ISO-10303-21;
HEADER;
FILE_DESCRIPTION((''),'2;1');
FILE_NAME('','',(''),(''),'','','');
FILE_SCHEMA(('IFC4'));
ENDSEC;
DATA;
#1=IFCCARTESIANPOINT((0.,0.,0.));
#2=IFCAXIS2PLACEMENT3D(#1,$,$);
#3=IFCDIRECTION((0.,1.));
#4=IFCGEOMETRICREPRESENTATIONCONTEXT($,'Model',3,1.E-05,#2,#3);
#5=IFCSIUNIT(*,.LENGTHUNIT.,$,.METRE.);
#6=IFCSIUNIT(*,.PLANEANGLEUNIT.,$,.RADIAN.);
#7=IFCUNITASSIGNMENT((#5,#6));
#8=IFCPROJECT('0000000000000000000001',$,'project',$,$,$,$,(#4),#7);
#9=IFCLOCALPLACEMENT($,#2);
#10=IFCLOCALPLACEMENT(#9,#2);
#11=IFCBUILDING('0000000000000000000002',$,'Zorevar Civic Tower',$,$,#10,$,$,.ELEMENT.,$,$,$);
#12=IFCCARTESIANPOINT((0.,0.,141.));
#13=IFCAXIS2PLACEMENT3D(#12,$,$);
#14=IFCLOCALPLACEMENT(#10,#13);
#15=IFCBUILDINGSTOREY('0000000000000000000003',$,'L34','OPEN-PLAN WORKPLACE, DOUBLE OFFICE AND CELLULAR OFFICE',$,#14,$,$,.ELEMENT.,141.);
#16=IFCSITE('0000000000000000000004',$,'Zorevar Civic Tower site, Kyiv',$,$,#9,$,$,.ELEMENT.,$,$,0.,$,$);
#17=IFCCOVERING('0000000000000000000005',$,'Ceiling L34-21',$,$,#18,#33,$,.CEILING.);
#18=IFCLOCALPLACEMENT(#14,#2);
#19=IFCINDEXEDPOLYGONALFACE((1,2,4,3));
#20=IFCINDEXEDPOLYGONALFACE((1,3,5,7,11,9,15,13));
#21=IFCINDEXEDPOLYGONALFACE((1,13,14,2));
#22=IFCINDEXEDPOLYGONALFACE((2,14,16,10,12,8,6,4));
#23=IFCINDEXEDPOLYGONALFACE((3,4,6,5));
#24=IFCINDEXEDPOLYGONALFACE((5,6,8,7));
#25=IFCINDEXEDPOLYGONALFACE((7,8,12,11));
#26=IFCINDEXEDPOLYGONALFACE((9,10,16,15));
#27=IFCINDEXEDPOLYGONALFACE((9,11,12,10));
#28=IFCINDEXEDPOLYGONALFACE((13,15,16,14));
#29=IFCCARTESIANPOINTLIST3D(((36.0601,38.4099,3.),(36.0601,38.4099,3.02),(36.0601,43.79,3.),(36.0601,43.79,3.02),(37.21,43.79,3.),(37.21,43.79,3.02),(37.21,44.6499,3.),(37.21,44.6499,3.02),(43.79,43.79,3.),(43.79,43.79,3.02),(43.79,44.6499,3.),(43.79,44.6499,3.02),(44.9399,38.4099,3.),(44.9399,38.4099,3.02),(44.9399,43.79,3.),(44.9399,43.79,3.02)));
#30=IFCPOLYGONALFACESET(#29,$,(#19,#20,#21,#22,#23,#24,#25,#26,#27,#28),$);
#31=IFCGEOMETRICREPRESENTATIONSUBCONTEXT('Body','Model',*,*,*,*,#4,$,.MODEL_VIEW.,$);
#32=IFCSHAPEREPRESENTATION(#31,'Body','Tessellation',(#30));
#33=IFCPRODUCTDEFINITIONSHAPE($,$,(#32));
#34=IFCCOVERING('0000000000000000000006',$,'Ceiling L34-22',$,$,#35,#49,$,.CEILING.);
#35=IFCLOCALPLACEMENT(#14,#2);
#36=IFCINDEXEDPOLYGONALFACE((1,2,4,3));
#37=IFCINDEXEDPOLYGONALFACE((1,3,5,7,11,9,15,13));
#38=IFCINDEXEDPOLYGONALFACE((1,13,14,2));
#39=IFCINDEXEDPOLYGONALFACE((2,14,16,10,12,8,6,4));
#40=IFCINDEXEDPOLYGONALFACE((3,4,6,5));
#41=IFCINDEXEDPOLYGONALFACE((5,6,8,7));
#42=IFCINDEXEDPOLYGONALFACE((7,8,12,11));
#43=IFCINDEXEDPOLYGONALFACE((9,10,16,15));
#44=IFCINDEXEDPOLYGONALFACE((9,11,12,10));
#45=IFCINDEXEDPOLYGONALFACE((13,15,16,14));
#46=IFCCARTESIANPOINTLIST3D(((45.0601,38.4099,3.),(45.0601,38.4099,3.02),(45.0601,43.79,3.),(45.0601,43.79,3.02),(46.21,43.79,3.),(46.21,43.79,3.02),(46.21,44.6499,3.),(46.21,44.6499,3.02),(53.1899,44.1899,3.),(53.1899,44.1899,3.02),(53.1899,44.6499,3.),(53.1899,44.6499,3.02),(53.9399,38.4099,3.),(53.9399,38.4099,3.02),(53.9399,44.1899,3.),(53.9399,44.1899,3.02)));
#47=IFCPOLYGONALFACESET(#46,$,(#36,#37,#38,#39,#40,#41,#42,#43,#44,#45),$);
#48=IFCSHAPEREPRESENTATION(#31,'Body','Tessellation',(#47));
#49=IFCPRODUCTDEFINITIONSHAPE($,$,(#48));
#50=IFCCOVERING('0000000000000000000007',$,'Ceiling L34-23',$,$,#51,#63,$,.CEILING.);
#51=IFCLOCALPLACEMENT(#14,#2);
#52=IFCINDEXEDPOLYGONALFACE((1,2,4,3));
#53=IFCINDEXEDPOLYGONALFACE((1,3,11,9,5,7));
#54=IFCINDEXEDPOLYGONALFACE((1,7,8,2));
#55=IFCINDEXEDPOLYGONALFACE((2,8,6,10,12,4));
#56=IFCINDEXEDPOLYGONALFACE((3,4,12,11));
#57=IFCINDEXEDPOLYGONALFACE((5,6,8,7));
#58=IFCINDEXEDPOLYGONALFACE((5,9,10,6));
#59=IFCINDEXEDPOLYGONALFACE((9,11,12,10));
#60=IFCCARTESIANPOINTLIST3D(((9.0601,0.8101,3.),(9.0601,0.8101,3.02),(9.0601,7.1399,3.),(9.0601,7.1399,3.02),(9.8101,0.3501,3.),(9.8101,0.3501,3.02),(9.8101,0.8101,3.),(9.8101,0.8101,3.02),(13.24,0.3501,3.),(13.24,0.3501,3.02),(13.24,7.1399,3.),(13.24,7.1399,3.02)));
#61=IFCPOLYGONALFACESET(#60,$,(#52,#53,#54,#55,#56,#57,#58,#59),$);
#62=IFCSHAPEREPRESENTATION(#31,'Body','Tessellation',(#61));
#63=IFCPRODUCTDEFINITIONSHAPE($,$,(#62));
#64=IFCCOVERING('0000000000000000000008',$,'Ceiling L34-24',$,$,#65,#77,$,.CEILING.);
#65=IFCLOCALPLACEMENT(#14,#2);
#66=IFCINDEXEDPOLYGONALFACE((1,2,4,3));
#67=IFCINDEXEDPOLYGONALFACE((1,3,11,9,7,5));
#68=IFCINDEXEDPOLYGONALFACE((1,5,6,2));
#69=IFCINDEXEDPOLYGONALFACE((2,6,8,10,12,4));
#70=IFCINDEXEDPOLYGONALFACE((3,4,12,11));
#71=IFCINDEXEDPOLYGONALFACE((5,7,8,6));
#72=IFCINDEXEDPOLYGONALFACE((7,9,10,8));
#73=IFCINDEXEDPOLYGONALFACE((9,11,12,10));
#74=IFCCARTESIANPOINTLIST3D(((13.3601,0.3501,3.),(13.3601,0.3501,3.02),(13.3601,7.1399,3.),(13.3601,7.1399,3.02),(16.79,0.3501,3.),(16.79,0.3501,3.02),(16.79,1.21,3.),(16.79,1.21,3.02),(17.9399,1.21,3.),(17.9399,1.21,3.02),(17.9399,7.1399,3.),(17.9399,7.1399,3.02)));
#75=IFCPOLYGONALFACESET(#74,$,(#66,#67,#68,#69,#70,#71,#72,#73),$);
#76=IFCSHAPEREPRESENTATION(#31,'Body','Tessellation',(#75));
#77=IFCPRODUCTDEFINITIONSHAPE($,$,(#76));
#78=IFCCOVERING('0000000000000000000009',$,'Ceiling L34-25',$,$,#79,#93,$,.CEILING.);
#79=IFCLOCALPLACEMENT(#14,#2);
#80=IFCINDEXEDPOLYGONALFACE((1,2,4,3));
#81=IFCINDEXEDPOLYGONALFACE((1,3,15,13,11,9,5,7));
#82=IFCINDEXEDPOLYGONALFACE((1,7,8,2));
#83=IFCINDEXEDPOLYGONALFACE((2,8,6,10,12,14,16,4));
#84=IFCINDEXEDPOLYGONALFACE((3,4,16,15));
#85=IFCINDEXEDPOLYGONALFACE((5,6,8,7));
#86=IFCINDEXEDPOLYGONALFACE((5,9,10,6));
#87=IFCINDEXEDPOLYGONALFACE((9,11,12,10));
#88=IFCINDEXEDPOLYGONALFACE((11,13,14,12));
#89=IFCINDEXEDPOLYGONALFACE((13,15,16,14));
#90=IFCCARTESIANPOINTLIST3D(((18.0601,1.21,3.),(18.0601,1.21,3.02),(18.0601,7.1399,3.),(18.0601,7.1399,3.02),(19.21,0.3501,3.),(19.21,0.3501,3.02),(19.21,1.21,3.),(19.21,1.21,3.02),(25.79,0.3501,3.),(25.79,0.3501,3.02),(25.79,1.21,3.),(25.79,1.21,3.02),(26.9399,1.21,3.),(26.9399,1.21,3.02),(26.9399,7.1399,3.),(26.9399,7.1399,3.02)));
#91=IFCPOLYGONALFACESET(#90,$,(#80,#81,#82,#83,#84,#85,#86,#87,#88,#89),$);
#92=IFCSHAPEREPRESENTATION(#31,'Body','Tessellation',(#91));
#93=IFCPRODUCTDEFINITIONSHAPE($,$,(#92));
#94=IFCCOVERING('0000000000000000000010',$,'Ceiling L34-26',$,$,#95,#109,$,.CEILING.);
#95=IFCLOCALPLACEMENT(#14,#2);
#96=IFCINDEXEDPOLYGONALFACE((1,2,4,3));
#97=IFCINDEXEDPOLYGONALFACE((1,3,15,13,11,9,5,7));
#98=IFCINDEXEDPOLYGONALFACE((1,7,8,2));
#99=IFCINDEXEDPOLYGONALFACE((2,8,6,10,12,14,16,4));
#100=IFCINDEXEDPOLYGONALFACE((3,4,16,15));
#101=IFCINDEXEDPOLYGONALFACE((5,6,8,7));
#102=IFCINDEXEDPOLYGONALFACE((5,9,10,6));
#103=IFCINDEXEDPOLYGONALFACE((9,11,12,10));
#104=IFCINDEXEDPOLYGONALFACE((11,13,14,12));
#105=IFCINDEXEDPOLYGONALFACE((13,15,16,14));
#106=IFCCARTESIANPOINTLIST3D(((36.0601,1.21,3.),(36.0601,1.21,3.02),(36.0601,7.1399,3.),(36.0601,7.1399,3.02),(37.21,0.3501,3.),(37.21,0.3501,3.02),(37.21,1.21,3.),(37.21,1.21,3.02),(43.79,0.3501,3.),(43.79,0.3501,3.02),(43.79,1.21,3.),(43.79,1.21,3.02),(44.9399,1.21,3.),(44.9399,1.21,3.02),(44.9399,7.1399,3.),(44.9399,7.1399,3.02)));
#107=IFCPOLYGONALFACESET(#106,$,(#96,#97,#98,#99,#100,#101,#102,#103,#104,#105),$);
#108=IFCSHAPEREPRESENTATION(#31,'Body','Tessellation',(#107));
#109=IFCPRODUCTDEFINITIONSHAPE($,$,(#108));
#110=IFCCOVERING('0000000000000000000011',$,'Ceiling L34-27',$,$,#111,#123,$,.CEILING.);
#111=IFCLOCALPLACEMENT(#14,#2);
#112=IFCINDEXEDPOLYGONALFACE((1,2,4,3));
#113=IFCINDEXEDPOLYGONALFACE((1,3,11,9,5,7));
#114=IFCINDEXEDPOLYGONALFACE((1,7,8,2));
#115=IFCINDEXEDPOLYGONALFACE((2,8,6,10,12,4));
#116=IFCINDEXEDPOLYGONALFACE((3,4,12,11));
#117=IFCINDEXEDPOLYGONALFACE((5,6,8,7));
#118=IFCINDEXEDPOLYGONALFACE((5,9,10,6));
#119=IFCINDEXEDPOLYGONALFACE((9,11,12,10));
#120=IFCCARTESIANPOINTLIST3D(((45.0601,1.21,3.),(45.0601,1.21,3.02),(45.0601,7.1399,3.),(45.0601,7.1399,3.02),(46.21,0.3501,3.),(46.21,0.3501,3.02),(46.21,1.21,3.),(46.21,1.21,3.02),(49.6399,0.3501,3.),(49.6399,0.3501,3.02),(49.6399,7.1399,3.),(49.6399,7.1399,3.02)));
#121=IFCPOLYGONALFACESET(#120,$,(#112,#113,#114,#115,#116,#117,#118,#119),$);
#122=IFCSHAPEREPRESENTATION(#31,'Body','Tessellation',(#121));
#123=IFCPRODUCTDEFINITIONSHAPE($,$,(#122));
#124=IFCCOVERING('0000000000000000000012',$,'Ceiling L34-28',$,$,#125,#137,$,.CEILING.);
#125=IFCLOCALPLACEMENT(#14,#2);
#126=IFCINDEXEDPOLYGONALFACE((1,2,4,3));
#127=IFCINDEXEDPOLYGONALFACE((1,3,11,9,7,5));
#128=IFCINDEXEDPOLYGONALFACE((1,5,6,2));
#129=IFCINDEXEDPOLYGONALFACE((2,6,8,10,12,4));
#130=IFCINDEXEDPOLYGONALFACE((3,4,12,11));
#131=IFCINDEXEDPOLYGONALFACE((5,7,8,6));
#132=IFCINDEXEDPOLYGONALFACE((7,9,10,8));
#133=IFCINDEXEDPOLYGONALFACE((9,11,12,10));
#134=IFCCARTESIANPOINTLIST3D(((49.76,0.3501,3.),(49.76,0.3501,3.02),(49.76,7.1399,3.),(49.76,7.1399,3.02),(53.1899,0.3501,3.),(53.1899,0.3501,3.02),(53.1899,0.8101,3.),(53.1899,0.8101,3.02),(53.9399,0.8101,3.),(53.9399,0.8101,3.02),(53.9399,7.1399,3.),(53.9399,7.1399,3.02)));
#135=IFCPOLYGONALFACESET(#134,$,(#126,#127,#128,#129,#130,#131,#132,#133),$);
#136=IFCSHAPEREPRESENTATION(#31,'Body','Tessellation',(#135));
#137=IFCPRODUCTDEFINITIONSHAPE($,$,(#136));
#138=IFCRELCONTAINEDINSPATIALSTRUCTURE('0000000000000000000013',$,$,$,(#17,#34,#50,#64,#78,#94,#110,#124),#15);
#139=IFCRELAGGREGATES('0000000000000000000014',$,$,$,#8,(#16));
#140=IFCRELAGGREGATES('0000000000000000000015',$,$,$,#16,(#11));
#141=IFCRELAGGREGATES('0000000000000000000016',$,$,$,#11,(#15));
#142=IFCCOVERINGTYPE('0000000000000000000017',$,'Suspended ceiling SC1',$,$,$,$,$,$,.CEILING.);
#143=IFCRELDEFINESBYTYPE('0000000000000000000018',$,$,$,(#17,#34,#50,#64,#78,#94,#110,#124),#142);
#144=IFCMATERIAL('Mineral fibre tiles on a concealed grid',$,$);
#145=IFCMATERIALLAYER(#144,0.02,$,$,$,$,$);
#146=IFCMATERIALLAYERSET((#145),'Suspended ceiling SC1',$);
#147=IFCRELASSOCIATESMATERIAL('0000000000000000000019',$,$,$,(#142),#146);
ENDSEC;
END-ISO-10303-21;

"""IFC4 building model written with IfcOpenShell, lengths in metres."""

from ifc_helpers import new_model, si_unit, direction, frame, origin, place, context, subcontext, project, spatial, polyline, outline, extrude, material, layer, layer_set, type_object, element, save


model = new_model("IFC4")

# Units and contexts
model_context = context("Model", 3, precision=1e-05, world=origin(), true_north=direction((0.0, 1.0)))
body_context = subcontext(model_context, "Body", "Model", "MODEL_VIEW")
ifc_project = project(units=[si_unit("LENGTHUNIT", "METRE"), si_unit("PLANEANGLEUNIT", "RADIAN")], contexts=[model_context])

# Site, building, storey
site_placement = place(None, origin())
site = spatial("IfcSite", under=ifc_project, at=site_placement, Name="Zorevar Civic Tower site, Kyiv", CompositionType="ELEMENT", RefElevation=0.0)
building_placement = place(site_placement, origin())
building = spatial("IfcBuilding", under=site, at=building_placement, Name="Zorevar Civic Tower", CompositionType="ELEMENT")
storey_placement = place(building_placement, frame((0.0, 0.0, 141.0)))
storey = spatial("IfcBuildingStorey", under=building, at=storey_placement, Name="L34", Description="OPEN-PLAN WORKPLACE, DOUBLE OFFICE AND CELLULAR OFFICE", CompositionType="ELEMENT", Elevation=141.0)

# Coverings
ifc_material_1 = material(Name="Mineral fibre tiles on a concealed grid")
ifc_layer_1 = layer(ifc_material_1, 0.02)
ifc_layer_set_1 = layer_set([ifc_layer_1], Name="Suspended ceiling SC1")
covering_type_1 = type_object("IfcCoveringType", Name="Suspended ceiling SC1", PredefinedType="CEILING", material=ifc_layer_set_1)
covering_1_placement = place(storey_placement, frame((0.0, 0.0, 3.0)))
element("IfcCovering", 1, at=covering_1_placement, inside=storey, type_object=covering_type_1, Name="Ceiling L34-21", PredefinedType="CEILING", context=body_context, shape_type="SweptSolid", body=[
    extrude(outline(polyline([(37.21, 43.79), (37.21, 44.6499), (43.79, 44.6499), (43.79, 43.79), (44.9399, 43.79), (44.9399, 38.4099), (36.0601, 38.4099), (36.0601, 43.79), (37.21, 43.79)])), origin(), (0.0, 0.0, 1.0), 0.02),
])
covering_2_placement = place(storey_placement, frame((0.0, 0.0, 3.0)))
element("IfcCovering", 2, at=covering_2_placement, inside=storey, type_object=covering_type_1, Name="Ceiling L34-22", PredefinedType="CEILING", context=body_context, shape_type="SweptSolid", body=[
    extrude(outline(polyline([(46.21, 43.79), (46.21, 44.6499), (53.1899, 44.6499), (53.1899, 44.1899), (53.9399, 44.1899), (53.9399, 38.4099), (45.0601, 38.4099), (45.0601, 43.79), (46.21, 43.79)])), origin(), (0.0, 0.0, 1.0), 0.02),
])
covering_3_placement = place(storey_placement, frame((0.0, 0.0, 3.0)))
element("IfcCovering", 3, at=covering_3_placement, inside=storey, type_object=covering_type_1, Name="Ceiling L34-23", PredefinedType="CEILING", context=body_context, shape_type="SweptSolid", body=[
    extrude(outline(polyline([(13.24, 7.1399), (13.24, 0.3501), (9.8101, 0.3501), (9.8101, 0.8101), (9.0601, 0.8101), (9.0601, 7.1399), (13.24, 7.1399)])), origin(), (0.0, 0.0, 1.0), 0.02),
])
covering_4_placement = place(storey_placement, frame((0.0, 0.0, 3.0)))
element("IfcCovering", 4, at=covering_4_placement, inside=storey, type_object=covering_type_1, Name="Ceiling L34-24", PredefinedType="CEILING", context=body_context, shape_type="SweptSolid", body=[
    extrude(outline(polyline([(17.9399, 7.1399), (17.9399, 1.21), (16.79, 1.21), (16.79, 0.3501), (13.3601, 0.3501), (13.3601, 7.1399), (17.9399, 7.1399)])), origin(), (0.0, 0.0, 1.0), 0.02),
])
covering_5_placement = place(storey_placement, frame((0.0, 0.0, 3.0)))
element("IfcCovering", 5, at=covering_5_placement, inside=storey, type_object=covering_type_1, Name="Ceiling L34-25", PredefinedType="CEILING", context=body_context, shape_type="SweptSolid", body=[
    extrude(outline(polyline([(19.21, 0.3501), (19.21, 1.21), (18.0601, 1.21), (18.0601, 7.1399), (26.9399, 7.1399), (26.9399, 1.21), (25.79, 1.21), (25.79, 0.3501), (19.21, 0.3501)])), origin(), (0.0, 0.0, 1.0), 0.02),
])
covering_6_placement = place(storey_placement, frame((0.0, 0.0, 3.0)))
element("IfcCovering", 6, at=covering_6_placement, inside=storey, type_object=covering_type_1, Name="Ceiling L34-26", PredefinedType="CEILING", context=body_context, shape_type="SweptSolid", body=[
    extrude(outline(polyline([(37.21, 0.3501), (37.21, 1.21), (36.0601, 1.21), (36.0601, 7.1399), (44.9399, 7.1399), (44.9399, 1.21), (43.79, 1.21), (43.79, 0.3501), (37.21, 0.3501)])), origin(), (0.0, 0.0, 1.0), 0.02),
])
covering_7_placement = place(storey_placement, frame((0.0, 0.0, 3.0)))
element("IfcCovering", 7, at=covering_7_placement, inside=storey, type_object=covering_type_1, Name="Ceiling L34-27", PredefinedType="CEILING", context=body_context, shape_type="SweptSolid", body=[
    extrude(outline(polyline([(49.6399, 7.1399), (49.6399, 0.3501), (46.21, 0.3501), (46.21, 1.21), (45.0601, 1.21), (45.0601, 7.1399), (49.6399, 7.1399)])), origin(), (0.0, 0.0, 1.0), 0.02),
])
covering_8_placement = place(storey_placement, frame((0.0, 0.0, 3.0)))
element("IfcCovering", 8, at=covering_8_placement, inside=storey, type_object=covering_type_1, Name="Ceiling L34-28", PredefinedType="CEILING", context=body_context, shape_type="SweptSolid", body=[
    extrude(outline(polyline([(53.9399, 7.1399), (53.9399, 0.8101), (53.1899, 0.8101), (53.1899, 0.3501), (49.76, 0.3501), (49.76, 7.1399), (53.9399, 7.1399)])), origin(), (0.0, 0.0, 1.0), 0.02),
])

save(model, "model.ifc")
